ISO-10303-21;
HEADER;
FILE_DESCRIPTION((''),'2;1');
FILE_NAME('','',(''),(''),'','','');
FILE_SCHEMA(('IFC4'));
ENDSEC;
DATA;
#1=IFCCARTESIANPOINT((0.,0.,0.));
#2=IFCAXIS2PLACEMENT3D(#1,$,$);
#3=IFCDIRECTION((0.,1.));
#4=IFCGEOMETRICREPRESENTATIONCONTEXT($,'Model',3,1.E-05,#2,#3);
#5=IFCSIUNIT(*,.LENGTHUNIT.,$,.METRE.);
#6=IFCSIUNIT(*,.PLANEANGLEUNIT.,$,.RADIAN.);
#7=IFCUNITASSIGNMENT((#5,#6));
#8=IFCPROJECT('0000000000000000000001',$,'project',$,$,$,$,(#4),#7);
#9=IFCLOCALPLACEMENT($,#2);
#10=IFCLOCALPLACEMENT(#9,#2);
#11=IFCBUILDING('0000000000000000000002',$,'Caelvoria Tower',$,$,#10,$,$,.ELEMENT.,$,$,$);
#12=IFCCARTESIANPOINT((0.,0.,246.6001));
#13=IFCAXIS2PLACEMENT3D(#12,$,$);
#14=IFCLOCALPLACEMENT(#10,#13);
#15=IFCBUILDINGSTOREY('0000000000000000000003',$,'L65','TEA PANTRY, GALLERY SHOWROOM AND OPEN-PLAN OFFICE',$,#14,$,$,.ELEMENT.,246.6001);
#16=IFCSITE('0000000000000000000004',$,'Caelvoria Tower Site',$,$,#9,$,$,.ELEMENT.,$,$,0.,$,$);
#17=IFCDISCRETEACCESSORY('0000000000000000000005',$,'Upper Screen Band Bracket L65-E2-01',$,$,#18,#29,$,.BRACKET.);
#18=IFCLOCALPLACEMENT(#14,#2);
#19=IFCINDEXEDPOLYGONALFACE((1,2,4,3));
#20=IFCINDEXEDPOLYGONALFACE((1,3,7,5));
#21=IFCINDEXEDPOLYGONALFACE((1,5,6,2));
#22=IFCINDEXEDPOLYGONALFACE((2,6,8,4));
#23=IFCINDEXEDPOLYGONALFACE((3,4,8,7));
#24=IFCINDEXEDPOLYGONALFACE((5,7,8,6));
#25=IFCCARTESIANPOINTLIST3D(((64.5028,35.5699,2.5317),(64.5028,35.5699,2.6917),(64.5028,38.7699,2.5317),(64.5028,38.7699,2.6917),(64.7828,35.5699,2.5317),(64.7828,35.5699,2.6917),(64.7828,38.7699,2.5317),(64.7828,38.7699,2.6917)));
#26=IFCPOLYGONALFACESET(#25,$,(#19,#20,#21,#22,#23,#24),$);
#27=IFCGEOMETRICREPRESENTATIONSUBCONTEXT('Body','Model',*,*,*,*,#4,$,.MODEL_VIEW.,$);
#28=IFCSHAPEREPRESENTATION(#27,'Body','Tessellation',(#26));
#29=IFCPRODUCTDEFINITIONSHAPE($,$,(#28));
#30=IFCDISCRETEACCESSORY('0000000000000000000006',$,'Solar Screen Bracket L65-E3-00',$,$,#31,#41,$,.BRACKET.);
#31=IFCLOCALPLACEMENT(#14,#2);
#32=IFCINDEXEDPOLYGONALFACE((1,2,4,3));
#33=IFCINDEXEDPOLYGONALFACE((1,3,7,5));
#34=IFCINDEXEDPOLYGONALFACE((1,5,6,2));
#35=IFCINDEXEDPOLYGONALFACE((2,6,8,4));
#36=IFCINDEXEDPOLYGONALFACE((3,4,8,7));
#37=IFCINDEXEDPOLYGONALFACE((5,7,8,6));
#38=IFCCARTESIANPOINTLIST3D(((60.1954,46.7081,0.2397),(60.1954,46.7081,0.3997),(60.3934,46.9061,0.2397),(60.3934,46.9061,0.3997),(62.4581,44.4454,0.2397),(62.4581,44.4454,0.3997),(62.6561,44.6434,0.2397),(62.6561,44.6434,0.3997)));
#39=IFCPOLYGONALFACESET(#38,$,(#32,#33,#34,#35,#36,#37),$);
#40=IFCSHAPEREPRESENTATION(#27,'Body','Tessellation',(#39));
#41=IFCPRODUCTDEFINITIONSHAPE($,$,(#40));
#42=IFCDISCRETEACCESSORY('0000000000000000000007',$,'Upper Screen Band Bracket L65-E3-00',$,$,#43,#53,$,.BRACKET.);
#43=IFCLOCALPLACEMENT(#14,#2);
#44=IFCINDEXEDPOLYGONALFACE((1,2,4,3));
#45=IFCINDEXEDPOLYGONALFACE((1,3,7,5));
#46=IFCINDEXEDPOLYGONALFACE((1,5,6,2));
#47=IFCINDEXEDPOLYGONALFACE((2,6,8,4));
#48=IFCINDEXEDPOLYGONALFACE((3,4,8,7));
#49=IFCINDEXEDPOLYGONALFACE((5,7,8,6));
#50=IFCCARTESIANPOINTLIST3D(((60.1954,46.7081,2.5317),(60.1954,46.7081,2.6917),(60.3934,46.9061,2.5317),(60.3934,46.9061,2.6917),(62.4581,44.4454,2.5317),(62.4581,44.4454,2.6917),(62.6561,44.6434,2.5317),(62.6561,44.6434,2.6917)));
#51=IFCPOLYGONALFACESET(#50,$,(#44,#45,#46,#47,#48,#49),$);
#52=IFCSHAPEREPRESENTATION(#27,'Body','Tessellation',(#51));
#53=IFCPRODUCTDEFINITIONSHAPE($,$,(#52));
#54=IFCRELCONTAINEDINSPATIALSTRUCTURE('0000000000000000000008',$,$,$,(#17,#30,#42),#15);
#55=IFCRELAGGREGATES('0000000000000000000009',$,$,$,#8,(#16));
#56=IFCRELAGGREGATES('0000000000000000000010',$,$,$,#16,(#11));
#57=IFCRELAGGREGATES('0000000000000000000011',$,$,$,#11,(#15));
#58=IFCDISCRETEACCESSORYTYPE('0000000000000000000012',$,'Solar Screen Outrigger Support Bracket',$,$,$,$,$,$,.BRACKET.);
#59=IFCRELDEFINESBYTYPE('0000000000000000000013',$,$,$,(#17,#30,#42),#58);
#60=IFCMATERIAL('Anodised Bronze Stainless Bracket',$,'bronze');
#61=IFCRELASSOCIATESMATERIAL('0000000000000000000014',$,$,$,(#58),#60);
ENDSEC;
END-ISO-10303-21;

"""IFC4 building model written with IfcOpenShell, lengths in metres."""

from ifc_helpers import new_model, si_unit, direction, frame, origin, origin_2d, place, context, subcontext, project, spatial, rectangle, extrude, material, type_object, element, save


model = new_model("IFC4")

# Units and contexts
model_context = context("Model", 3, precision=1e-05, world=origin(), true_north=direction((0.0, 1.0)))
body_context = subcontext(model_context, "Body", "Model", "MODEL_VIEW")
ifc_project = project(units=[si_unit("LENGTHUNIT", "METRE"), si_unit("PLANEANGLEUNIT", "RADIAN")], contexts=[model_context])

# Site, building, storey
site_placement = place(None, origin())
site = spatial("IfcSite", under=ifc_project, at=site_placement, Name="Caelvoria Tower Site", CompositionType="ELEMENT", RefElevation=0.0)
building_placement = place(site_placement, origin())
building = spatial("IfcBuilding", under=site, at=building_placement, Name="Caelvoria Tower", CompositionType="ELEMENT")
storey_placement = place(building_placement, frame((0.0, 0.0, 246.6001)))
storey = spatial("IfcBuildingStorey", under=building, at=storey_placement, Name="L65", Description="TEA PANTRY, GALLERY SHOWROOM AND OPEN-PLAN OFFICE", CompositionType="ELEMENT", Elevation=246.6001)

# Discrete accessories
ifc_material_1 = material(Name="Anodised Bronze Stainless Bracket", Category="bronze")
discrete_accessory_type = type_object("IfcDiscreteAccessoryType", Name="Solar Screen Outrigger Support Bracket", PredefinedType="BRACKET", material=ifc_material_1)
for number, where, z_axis, x_axis, name in (
    (1, (64.6428, 37.1699, 2.5317), (0.0, 0.0, 1.0), (0.0, 1.0, 0.0), "Upper Screen Band Bracket L65-E2-01"),
    (2, (61.4258, 45.6758, 0.2397), (0.0, 0.0, 1.0), (-0.707107, 0.707107, 0.0), "Solar Screen Bracket L65-E3-00"),
    (3, (61.4258, 45.6758, 2.5317), (0.0, 0.0, 1.0), (-0.707107, 0.707107, 0.0), "Upper Screen Band Bracket L65-E3-00"),
):
    element("IfcDiscreteAccessory", number, at=place(storey_placement, frame(where, z_axis=z_axis, x_axis=x_axis)), inside=storey, type_object=discrete_accessory_type, Name=name, PredefinedType="BRACKET", context=body_context, shape_type="SweptSolid", body=[
        extrude(rectangle(XDim=3.2, YDim=0.28, at=origin_2d()), origin(), (0.0, 0.0, 1.0), 0.1599),
    ])

save(model, "model.ifc")
